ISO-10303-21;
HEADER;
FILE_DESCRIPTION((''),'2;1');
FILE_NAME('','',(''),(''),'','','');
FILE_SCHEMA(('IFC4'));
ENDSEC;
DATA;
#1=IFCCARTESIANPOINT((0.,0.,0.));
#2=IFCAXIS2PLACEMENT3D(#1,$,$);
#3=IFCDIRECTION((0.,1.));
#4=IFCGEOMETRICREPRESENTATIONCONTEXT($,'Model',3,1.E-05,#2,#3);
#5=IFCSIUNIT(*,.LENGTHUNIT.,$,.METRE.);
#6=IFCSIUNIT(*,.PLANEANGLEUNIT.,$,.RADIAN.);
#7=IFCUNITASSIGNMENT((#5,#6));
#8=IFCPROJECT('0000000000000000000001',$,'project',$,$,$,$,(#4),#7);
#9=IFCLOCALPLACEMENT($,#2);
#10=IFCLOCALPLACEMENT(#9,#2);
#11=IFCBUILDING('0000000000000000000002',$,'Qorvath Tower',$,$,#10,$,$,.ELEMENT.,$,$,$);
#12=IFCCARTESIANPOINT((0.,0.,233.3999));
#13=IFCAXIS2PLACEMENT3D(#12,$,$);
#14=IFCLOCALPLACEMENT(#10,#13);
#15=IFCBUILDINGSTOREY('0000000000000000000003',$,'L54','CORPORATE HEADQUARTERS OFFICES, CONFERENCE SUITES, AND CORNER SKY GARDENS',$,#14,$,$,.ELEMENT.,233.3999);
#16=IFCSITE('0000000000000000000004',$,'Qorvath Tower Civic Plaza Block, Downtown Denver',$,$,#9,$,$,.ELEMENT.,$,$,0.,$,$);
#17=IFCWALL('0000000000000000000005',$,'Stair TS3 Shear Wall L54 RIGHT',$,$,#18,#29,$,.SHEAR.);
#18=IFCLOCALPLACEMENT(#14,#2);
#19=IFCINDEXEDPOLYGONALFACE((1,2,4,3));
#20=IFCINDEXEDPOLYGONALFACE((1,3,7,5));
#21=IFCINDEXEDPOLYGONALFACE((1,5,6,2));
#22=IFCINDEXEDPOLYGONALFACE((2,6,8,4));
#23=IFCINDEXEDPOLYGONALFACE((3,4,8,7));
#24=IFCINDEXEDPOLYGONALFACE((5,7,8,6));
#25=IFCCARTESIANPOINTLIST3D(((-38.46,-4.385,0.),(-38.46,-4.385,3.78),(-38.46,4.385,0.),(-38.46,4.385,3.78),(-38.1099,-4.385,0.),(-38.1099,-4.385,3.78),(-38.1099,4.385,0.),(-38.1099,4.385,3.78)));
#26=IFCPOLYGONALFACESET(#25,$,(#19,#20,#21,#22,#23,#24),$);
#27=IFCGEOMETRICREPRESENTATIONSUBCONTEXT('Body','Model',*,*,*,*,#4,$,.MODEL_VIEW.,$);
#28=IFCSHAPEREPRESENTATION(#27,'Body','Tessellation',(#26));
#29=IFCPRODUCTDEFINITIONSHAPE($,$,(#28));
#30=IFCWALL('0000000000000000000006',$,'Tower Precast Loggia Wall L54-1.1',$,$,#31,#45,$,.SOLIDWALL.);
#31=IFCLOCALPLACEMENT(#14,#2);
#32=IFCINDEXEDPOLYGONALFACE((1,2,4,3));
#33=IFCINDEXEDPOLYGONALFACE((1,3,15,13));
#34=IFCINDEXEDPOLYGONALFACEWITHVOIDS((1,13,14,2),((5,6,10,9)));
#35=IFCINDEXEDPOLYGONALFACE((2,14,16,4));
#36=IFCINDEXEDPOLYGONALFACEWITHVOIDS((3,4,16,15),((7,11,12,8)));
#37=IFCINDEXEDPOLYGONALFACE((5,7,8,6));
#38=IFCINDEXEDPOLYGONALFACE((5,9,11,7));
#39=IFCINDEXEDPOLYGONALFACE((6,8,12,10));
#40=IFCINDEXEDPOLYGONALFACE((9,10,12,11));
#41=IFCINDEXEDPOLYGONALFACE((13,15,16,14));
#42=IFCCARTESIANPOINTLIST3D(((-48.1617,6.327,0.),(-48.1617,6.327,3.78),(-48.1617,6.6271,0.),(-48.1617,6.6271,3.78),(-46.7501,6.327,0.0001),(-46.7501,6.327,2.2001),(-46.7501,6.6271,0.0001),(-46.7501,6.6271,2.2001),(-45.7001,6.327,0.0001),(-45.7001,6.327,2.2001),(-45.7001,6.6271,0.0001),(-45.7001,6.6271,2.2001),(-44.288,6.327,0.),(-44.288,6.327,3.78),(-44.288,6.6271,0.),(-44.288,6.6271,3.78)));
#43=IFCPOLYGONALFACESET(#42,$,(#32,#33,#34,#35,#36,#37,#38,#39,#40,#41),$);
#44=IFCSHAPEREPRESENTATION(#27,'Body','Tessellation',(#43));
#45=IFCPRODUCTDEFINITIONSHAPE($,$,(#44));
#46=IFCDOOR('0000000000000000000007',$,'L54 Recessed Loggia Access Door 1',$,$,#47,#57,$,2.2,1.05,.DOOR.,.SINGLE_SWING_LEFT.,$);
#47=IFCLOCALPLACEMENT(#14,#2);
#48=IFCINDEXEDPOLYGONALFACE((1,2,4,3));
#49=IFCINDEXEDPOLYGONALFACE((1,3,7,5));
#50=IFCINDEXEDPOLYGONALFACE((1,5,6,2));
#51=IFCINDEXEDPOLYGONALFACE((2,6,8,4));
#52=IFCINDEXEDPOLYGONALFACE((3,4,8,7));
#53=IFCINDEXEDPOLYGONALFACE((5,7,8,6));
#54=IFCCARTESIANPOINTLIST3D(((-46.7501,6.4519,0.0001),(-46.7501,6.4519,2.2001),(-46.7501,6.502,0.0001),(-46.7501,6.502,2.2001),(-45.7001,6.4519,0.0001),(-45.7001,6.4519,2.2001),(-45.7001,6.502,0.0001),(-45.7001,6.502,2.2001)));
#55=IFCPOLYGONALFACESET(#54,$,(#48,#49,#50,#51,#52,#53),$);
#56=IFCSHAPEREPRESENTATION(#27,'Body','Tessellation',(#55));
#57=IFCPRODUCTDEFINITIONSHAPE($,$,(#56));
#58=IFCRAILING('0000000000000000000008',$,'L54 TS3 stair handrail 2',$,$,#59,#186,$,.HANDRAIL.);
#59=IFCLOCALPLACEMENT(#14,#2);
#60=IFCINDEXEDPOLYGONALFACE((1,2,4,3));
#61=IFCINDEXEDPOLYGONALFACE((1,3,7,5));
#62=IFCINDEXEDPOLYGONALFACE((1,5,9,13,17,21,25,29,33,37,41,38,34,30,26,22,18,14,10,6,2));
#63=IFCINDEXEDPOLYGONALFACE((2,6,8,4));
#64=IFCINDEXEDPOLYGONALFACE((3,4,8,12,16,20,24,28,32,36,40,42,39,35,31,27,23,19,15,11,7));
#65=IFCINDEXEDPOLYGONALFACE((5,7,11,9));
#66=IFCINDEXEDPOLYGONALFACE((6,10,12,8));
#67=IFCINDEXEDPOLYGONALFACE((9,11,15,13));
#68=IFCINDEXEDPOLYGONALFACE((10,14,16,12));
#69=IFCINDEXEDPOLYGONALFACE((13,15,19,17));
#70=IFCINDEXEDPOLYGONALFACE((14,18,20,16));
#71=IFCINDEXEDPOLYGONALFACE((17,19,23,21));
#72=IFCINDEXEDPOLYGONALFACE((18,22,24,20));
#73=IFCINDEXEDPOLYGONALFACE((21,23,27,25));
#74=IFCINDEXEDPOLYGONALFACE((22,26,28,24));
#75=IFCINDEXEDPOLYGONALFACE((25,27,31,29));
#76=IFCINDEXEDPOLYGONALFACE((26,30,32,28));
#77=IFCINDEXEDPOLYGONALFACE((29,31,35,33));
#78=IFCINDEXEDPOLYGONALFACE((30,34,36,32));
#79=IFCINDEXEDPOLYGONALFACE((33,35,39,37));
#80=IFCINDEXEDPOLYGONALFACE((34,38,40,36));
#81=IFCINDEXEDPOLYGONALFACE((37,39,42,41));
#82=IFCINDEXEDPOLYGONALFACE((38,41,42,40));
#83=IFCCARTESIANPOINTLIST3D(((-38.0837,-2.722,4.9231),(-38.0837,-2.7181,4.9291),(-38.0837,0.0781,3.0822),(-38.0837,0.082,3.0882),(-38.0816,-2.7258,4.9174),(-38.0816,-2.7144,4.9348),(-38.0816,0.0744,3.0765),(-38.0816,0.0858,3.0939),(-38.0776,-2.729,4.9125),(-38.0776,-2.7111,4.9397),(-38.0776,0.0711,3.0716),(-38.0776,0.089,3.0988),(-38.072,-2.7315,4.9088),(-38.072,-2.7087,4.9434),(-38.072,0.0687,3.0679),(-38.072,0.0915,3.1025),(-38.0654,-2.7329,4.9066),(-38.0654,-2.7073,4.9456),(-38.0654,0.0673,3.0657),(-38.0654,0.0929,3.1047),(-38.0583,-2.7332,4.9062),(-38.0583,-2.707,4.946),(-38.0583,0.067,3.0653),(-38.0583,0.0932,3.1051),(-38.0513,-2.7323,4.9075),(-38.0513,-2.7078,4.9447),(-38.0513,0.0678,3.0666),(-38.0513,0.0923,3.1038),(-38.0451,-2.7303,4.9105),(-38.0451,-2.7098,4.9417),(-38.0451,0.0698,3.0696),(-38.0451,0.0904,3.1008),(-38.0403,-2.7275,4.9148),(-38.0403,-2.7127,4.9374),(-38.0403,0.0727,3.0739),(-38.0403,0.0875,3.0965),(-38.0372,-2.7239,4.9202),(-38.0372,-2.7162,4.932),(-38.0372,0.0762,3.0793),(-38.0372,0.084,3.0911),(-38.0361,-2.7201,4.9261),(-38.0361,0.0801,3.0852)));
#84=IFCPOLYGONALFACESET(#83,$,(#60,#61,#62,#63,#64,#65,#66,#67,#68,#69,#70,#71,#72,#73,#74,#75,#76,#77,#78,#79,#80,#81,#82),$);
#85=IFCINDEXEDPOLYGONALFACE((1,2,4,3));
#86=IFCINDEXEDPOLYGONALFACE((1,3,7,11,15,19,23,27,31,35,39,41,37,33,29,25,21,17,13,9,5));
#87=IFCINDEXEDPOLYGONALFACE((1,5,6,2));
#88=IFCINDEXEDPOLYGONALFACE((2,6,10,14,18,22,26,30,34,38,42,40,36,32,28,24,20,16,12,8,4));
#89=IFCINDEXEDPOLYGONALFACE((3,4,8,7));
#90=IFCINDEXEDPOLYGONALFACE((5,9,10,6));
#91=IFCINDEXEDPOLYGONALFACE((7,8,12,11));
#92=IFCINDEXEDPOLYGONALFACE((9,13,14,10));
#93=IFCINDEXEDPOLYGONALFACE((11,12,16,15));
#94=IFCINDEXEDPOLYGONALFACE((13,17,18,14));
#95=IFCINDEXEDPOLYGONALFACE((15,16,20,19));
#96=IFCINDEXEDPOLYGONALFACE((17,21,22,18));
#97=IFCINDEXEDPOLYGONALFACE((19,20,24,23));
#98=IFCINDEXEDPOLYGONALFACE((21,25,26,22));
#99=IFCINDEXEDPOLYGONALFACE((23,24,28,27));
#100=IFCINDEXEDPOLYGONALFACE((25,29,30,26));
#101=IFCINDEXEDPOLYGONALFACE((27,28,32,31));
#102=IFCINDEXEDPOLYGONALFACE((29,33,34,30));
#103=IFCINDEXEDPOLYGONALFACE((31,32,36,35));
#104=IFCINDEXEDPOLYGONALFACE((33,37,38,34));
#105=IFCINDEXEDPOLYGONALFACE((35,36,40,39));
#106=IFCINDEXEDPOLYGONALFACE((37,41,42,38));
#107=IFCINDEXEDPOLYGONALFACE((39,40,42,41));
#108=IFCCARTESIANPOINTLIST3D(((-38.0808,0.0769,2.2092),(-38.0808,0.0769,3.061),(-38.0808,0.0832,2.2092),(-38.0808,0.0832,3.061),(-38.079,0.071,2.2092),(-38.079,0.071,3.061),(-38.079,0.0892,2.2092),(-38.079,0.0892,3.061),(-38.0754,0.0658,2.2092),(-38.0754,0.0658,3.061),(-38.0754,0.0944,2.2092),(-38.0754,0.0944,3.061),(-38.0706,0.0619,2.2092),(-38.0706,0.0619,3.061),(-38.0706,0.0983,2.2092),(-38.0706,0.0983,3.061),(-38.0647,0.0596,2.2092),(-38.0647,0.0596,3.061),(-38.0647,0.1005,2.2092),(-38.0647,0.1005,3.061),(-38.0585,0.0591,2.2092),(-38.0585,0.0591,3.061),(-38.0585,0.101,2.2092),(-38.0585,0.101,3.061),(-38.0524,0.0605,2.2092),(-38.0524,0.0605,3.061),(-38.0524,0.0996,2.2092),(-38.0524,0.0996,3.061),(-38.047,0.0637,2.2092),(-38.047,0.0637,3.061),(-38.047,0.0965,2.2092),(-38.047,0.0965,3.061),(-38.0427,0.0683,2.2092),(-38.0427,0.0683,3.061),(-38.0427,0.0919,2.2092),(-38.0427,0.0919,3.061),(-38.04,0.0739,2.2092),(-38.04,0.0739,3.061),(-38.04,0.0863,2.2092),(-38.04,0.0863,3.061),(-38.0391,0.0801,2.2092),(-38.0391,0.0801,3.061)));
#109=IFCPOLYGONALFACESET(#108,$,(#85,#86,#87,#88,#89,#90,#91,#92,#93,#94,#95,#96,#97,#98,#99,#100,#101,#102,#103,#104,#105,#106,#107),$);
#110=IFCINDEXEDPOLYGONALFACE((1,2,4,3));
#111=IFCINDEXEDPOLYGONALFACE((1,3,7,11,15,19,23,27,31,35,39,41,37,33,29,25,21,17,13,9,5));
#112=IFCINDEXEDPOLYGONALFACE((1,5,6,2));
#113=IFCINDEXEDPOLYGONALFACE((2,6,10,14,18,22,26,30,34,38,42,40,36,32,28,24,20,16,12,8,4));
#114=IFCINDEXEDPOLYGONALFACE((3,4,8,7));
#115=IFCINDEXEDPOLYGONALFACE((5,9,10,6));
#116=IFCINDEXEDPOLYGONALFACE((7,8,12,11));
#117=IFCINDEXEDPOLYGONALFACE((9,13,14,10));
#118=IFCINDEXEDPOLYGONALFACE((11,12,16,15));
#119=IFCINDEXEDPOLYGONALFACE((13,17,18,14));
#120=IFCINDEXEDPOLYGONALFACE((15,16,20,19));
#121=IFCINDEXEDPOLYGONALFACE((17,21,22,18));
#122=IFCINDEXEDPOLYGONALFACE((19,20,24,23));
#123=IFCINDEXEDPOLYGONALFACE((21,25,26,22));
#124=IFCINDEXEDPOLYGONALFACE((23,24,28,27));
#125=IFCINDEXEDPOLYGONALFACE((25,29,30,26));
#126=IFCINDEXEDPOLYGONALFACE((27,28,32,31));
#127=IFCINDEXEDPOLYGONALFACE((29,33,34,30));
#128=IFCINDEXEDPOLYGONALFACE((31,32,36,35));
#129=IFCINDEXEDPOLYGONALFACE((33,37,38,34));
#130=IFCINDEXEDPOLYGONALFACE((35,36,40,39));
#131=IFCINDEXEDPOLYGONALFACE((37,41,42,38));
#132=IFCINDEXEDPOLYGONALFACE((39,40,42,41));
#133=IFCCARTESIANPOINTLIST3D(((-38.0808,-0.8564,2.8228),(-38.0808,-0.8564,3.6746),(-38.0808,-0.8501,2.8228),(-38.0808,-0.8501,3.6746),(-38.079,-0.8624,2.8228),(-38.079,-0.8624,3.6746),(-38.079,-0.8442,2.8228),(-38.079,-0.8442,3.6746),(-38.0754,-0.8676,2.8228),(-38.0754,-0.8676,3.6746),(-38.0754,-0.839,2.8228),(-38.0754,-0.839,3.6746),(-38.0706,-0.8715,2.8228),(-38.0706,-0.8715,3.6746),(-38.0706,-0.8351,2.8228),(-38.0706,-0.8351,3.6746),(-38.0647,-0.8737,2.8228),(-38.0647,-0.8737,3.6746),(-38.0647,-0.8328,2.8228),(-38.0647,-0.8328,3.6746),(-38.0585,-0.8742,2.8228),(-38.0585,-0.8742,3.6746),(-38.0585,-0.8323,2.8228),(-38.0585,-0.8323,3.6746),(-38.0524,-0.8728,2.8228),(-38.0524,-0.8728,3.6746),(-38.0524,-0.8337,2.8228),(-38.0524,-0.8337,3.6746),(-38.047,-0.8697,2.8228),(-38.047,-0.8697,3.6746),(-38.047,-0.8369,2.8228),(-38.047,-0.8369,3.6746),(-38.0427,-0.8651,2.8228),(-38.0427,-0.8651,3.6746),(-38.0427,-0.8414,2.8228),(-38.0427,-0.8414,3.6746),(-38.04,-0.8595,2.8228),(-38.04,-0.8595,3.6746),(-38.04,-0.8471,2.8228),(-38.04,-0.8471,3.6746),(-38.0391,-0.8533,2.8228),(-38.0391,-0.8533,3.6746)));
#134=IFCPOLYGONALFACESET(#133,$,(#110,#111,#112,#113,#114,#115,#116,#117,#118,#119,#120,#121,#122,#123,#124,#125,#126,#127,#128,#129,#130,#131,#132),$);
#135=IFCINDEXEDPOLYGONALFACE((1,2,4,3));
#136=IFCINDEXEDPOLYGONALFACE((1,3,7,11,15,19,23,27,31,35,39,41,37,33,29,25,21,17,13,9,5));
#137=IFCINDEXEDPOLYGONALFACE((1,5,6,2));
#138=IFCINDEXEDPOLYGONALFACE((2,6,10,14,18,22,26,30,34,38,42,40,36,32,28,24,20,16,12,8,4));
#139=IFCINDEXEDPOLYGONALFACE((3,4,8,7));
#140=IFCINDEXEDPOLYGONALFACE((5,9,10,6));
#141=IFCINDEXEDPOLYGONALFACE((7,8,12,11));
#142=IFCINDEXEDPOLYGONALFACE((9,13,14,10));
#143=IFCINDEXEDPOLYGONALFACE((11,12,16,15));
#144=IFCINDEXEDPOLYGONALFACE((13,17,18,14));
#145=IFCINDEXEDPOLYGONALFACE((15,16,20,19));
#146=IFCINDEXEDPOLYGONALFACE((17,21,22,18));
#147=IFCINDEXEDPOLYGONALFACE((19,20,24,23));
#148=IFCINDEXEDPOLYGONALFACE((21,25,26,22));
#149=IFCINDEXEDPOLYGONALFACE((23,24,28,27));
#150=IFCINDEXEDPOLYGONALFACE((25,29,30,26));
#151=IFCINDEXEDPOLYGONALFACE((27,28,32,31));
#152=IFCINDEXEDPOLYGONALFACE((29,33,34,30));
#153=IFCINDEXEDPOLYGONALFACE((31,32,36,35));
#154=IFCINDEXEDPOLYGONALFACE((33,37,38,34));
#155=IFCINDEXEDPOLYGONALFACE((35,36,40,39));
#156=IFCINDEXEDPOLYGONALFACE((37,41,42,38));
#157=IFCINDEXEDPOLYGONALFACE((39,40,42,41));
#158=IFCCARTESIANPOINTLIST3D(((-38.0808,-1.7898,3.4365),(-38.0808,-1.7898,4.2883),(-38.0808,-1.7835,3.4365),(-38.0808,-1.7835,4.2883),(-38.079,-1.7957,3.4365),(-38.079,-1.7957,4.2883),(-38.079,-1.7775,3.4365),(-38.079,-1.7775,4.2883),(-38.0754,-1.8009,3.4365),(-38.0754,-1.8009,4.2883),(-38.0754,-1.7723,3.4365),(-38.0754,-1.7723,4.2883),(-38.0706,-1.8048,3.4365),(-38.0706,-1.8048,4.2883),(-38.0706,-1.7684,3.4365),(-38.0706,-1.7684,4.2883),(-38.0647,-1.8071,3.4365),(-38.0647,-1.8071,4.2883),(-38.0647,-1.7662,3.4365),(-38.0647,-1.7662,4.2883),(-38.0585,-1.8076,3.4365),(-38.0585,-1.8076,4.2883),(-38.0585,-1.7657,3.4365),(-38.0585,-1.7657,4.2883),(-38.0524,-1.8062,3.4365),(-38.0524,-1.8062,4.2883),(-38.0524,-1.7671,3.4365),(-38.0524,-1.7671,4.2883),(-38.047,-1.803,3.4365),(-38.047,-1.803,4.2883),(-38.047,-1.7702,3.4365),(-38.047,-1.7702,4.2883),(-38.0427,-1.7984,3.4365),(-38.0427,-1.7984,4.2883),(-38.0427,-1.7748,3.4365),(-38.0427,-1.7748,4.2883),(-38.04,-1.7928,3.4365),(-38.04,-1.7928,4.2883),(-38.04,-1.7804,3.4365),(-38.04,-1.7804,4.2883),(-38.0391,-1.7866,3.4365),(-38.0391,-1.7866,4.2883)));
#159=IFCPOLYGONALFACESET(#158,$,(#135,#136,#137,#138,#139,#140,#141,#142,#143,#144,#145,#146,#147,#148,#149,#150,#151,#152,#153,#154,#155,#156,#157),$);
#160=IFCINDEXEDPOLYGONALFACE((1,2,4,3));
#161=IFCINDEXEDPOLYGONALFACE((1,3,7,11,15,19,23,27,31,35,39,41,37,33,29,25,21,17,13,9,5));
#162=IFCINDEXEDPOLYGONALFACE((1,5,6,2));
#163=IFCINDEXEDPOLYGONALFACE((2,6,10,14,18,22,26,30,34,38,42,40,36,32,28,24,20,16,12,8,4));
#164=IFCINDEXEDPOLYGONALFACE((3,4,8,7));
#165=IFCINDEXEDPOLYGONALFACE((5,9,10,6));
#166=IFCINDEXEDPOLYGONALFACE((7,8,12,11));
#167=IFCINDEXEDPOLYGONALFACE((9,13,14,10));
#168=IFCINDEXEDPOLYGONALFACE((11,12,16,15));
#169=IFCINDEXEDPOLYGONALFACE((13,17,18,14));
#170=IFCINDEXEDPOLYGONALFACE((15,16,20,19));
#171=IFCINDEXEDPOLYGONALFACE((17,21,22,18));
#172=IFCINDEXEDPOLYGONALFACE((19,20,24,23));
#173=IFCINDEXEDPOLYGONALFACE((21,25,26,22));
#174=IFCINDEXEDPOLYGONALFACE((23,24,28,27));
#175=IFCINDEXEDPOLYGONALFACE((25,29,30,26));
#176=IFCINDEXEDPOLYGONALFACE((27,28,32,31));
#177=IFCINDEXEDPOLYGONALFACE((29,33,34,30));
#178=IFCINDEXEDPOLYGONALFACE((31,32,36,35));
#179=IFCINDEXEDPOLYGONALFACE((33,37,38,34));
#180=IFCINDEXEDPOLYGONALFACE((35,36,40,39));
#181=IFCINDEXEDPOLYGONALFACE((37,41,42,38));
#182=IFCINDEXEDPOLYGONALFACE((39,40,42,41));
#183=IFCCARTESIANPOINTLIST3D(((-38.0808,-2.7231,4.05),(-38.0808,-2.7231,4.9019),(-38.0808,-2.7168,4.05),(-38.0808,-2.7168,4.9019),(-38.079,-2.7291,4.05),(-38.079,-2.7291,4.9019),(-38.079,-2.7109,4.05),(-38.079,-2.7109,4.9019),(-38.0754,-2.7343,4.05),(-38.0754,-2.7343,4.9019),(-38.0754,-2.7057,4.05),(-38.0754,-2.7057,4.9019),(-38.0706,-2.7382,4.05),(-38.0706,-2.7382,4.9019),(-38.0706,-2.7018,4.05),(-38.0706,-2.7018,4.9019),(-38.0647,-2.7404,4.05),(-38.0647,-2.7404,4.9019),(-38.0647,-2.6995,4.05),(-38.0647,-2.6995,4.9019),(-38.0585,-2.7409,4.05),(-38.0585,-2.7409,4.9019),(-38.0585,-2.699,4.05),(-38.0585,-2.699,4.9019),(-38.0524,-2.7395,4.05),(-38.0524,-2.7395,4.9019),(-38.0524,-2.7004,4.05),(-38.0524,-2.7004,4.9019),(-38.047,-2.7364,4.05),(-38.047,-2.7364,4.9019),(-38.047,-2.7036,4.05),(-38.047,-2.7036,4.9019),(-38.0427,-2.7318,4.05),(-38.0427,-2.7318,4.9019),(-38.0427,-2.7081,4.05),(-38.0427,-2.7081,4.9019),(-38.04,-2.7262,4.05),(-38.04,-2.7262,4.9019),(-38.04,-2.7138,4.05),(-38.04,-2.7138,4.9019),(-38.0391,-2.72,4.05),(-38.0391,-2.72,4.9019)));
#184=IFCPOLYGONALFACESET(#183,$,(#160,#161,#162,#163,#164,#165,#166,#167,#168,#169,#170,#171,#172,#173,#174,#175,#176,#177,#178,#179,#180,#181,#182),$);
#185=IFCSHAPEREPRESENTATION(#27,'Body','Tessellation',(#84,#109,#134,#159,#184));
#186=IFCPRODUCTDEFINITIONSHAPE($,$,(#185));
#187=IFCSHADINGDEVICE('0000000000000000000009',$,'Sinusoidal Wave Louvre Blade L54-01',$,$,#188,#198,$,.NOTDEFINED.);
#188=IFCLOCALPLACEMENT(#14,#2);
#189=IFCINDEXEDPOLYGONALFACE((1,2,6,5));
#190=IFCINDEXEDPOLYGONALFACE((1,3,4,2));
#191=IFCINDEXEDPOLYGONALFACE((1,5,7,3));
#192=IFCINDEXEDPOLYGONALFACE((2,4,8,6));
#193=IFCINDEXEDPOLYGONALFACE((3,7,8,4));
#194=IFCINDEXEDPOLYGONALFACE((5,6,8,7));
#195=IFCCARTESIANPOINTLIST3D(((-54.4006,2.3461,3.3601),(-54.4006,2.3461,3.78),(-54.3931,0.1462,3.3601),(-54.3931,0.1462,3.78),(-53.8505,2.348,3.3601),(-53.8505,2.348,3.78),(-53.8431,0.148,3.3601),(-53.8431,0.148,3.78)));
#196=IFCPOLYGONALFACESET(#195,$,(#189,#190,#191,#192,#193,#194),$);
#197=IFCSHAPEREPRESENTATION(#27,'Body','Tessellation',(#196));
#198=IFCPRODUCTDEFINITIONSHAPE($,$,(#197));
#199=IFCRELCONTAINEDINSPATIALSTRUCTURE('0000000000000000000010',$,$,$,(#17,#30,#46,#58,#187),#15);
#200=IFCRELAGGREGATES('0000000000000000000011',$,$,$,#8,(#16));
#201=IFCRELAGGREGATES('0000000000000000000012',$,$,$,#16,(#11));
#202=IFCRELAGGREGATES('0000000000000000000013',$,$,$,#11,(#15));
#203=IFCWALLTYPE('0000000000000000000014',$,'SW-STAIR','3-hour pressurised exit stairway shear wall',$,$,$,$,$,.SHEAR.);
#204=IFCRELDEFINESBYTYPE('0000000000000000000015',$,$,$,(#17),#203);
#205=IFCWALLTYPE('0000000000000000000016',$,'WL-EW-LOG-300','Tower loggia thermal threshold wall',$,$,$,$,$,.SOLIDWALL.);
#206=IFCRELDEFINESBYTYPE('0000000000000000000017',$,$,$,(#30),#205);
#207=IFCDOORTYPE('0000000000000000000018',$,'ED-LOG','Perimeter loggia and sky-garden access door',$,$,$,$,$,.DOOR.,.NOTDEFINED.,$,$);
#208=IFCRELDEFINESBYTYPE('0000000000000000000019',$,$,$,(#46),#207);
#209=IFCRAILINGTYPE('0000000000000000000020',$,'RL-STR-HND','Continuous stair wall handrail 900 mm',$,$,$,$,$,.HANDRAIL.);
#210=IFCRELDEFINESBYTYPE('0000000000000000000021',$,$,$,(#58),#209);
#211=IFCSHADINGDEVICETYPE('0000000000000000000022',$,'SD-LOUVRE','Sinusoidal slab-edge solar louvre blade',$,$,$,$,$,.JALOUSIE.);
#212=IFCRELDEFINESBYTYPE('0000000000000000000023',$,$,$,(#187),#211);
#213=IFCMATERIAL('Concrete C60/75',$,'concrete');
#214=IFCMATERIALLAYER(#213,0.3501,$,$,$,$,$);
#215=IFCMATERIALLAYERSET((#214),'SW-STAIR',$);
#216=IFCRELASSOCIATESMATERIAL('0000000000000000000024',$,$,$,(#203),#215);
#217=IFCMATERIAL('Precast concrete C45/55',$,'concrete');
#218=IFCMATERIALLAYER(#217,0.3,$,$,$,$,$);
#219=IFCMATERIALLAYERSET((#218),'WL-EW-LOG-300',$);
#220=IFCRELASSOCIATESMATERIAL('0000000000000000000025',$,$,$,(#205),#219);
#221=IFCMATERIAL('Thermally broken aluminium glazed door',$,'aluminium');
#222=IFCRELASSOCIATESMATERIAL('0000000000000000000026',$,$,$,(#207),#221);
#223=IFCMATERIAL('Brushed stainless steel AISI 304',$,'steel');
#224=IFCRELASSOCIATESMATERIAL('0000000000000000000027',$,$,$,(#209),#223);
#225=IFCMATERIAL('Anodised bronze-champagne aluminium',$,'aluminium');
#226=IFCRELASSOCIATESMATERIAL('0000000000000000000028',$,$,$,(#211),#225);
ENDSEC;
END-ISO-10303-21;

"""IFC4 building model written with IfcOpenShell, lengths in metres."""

from ifc_helpers import new_model, si_unit, direction, frame, frame_2d, origin, origin_2d, place, context, subcontext, project, spatial, rectangle, circle, extrude, material, layer, layer_set, type_object, element, fill, save


model = new_model("IFC4")

# Units and contexts
model_context = context("Model", 3, precision=1e-05, world=origin(), true_north=direction((0.0, 1.0)))
body_context = subcontext(model_context, "Body", "Model", "MODEL_VIEW")
ifc_project = project(units=[si_unit("LENGTHUNIT", "METRE"), si_unit("PLANEANGLEUNIT", "RADIAN")], contexts=[model_context])

# Site, building, storey
site_placement = place(None, origin())
site = spatial("IfcSite", under=ifc_project, at=site_placement, Name="Qorvath Tower Civic Plaza Block, Downtown Denver", CompositionType="ELEMENT", RefElevation=0.0)
building_placement = place(site_placement, origin())
building = spatial("IfcBuilding", under=site, at=building_placement, Name="Qorvath Tower", CompositionType="ELEMENT")
storey_placement = place(building_placement, frame((0.0, 0.0, 233.3999)))
storey = spatial("IfcBuildingStorey", under=building, at=storey_placement, Name="L54", Description="CORPORATE HEADQUARTERS OFFICES, CONFERENCE SUITES, AND CORNER SKY GARDENS", CompositionType="ELEMENT", Elevation=233.3999)

# Wall
ifc_material_1 = material(Name="Concrete C60/75", Category="concrete")
ifc_layer_1 = layer(ifc_material_1, 0.3501)
ifc_layer_set_1 = layer_set([ifc_layer_1], Name="SW-STAIR")
wall_type_1 = type_object("IfcWallType", Name="SW-STAIR", Description="3-hour pressurised exit stairway shear wall", PredefinedType="SHEAR", material=ifc_layer_set_1)
wall_1_placement = place(storey_placement, frame((-38.2849, 4.385, 0.0), z_axis=(0.0, 0.0, 1.0), x_axis=(0.0, -1.0, 0.0)))
element("IfcWall", 1, at=wall_1_placement, inside=storey, type_object=wall_type_1, Name="Stair TS3 Shear Wall L54 RIGHT", PredefinedType="SHEAR", context=body_context, shape_type="SweptSolid", body=[
    extrude(rectangle(XDim=8.77, YDim=0.3501, at=frame_2d((4.385, 0.0))), origin(), (0.0, 0.0, 1.0), 3.78),
])

# Wall, opening, door
ifc_material_2 = material(Name="Precast concrete C45/55", Category="concrete")
ifc_layer_2 = layer(ifc_material_2, 0.3)
ifc_layer_set_2 = layer_set([ifc_layer_2], Name="WL-EW-LOG-300")
wall_type_2 = type_object("IfcWallType", Name="WL-EW-LOG-300", Description="Tower loggia thermal threshold wall", PredefinedType="SOLIDWALL", material=ifc_layer_set_2)
wall_2_placement = place(storey_placement, frame((-48.1619, 6.4771, 0.0), z_axis=(0.0, 0.0, 1.0), x_axis=(1.0, 0.0, 0.0)))
wall_2 = element("IfcWall", 2, at=wall_2_placement, inside=storey, type_object=wall_type_2, Name="Tower Precast Loggia Wall L54-1.1", PredefinedType="SOLIDWALL", context=body_context, shape_type="SweptSolid", body=[
    extrude(rectangle(XDim=3.8738, YDim=0.3, at=frame_2d((1.937, 0.0))), origin(), (0.0, 0.0, 1.0), 3.78),
])
opening_1_placement = place(wall_2_placement, frame((1.4119, 0.0, 0.0)))
opening_1 = element("IfcOpeningElement", 3, at=opening_1_placement, cuts=wall_2, PredefinedType="OPENING", context=body_context, shape_type="SweptSolid", body=[
    extrude(rectangle(XDim=1.05, YDim=2.2, at=frame_2d((0.5249, 1.1001))), frame((0.0, 0.1602, 0.0), z_axis=(0.0, -1.0, 0.0), x_axis=(1.0, 0.0, 0.0)), (0.0, 0.0, 1.0), 0.3201),
])
ifc_material_3 = material(Name="Thermally broken aluminium glazed door", Category="aluminium")
door_type_1 = type_object("IfcDoorType", Name="ED-LOG", Description="Perimeter loggia and sky-garden access door", OperationType="NOTDEFINED", PredefinedType="DOOR", material=ifc_material_3)
door_1_placement = place(opening_1_placement, origin())
door_1 = element("IfcDoor", 4, at=door_1_placement, inside=storey, type_object=door_type_1, Name="L54 Recessed Loggia Access Door 1", OperationType="SINGLE_SWING_LEFT", OverallHeight=2.2, OverallWidth=1.05, PredefinedType="DOOR", context=body_context, shape_type="SweptSolid", body=[
    extrude(rectangle(XDim=1.05, YDim=2.2, at=frame_2d((0.5249, 1.1001))), frame((0.0, 0.0249, 0.0), z_axis=(0.0, -1.0, 0.0), x_axis=(1.0, 0.0, 0.0)), (0.0, 0.0, 1.0), 0.05),
])
fill(opening_1, door_1)

# Railing
ifc_material_4 = material(Name="Brushed stainless steel AISI 304", Category="steel")
railing_type = type_object("IfcRailingType", Name="RL-STR-HND", Description="Continuous stair wall handrail 900 mm", PredefinedType="HANDRAIL", material=ifc_material_4)
railing_placement = place(storey_placement, frame((-38.0601, 0.0801, 2.2092)))
element("IfcRailing", 5, at=railing_placement, inside=storey, type_object=railing_type, Name="L54 TS3 stair handrail 2", PredefinedType="HANDRAIL", context=body_context, shape_type="SweptSolid", body=[
    extrude(circle(Radius=0.0239, at=origin_2d()), frame((0.0, 0.0, 0.876), z_axis=(0.0, -0.835598, 0.549342), x_axis=(1.0, 0.0, 0.0)), (0.0, 0.0, 1.0), 3.3511),
    extrude(circle(Radius=0.021, at=origin_2d()), origin(), (0.0, 0.0, 1.0), 0.8518),
    extrude(circle(Radius=0.021, at=origin_2d()), frame((0.0, -0.9333, 0.6135)), (0.0, 0.0, 1.0), 0.8518),
    extrude(circle(Radius=0.021, at=origin_2d()), frame((0.0, -1.8667, 1.2273)), (0.0, 0.0, 1.0), 0.8518),
    extrude(circle(Radius=0.021, at=origin_2d()), frame((0.0, -2.8, 1.8408)), (0.0, 0.0, 1.0), 0.8518),
])

# Shading device
ifc_material_5 = material(Name="Anodised bronze-champagne aluminium", Category="aluminium")
shading_device_type = type_object("IfcShadingDeviceType", Name="SD-LOUVRE", Description="Sinusoidal slab-edge solar louvre blade", PredefinedType="JALOUSIE", material=ifc_material_5)
shading_device_placement = place(storey_placement, frame((-54.1218, 1.2471, 3.3601), z_axis=(0.0, 0.0, 1.0), x_axis=(0.003382, -0.999994, 0.0)))
element("IfcShadingDevice", 6, at=shading_device_placement, inside=storey, type_object=shading_device_type, Name="Sinusoidal Wave Louvre Blade L54-01", PredefinedType="NOTDEFINED", context=body_context, shape_type="SweptSolid", body=[
    extrude(rectangle(XDim=2.2, YDim=0.55, at=origin_2d()), origin(), (0.0, 0.0, 1.0), 0.4199),
])

save(model, "model.ifc")
